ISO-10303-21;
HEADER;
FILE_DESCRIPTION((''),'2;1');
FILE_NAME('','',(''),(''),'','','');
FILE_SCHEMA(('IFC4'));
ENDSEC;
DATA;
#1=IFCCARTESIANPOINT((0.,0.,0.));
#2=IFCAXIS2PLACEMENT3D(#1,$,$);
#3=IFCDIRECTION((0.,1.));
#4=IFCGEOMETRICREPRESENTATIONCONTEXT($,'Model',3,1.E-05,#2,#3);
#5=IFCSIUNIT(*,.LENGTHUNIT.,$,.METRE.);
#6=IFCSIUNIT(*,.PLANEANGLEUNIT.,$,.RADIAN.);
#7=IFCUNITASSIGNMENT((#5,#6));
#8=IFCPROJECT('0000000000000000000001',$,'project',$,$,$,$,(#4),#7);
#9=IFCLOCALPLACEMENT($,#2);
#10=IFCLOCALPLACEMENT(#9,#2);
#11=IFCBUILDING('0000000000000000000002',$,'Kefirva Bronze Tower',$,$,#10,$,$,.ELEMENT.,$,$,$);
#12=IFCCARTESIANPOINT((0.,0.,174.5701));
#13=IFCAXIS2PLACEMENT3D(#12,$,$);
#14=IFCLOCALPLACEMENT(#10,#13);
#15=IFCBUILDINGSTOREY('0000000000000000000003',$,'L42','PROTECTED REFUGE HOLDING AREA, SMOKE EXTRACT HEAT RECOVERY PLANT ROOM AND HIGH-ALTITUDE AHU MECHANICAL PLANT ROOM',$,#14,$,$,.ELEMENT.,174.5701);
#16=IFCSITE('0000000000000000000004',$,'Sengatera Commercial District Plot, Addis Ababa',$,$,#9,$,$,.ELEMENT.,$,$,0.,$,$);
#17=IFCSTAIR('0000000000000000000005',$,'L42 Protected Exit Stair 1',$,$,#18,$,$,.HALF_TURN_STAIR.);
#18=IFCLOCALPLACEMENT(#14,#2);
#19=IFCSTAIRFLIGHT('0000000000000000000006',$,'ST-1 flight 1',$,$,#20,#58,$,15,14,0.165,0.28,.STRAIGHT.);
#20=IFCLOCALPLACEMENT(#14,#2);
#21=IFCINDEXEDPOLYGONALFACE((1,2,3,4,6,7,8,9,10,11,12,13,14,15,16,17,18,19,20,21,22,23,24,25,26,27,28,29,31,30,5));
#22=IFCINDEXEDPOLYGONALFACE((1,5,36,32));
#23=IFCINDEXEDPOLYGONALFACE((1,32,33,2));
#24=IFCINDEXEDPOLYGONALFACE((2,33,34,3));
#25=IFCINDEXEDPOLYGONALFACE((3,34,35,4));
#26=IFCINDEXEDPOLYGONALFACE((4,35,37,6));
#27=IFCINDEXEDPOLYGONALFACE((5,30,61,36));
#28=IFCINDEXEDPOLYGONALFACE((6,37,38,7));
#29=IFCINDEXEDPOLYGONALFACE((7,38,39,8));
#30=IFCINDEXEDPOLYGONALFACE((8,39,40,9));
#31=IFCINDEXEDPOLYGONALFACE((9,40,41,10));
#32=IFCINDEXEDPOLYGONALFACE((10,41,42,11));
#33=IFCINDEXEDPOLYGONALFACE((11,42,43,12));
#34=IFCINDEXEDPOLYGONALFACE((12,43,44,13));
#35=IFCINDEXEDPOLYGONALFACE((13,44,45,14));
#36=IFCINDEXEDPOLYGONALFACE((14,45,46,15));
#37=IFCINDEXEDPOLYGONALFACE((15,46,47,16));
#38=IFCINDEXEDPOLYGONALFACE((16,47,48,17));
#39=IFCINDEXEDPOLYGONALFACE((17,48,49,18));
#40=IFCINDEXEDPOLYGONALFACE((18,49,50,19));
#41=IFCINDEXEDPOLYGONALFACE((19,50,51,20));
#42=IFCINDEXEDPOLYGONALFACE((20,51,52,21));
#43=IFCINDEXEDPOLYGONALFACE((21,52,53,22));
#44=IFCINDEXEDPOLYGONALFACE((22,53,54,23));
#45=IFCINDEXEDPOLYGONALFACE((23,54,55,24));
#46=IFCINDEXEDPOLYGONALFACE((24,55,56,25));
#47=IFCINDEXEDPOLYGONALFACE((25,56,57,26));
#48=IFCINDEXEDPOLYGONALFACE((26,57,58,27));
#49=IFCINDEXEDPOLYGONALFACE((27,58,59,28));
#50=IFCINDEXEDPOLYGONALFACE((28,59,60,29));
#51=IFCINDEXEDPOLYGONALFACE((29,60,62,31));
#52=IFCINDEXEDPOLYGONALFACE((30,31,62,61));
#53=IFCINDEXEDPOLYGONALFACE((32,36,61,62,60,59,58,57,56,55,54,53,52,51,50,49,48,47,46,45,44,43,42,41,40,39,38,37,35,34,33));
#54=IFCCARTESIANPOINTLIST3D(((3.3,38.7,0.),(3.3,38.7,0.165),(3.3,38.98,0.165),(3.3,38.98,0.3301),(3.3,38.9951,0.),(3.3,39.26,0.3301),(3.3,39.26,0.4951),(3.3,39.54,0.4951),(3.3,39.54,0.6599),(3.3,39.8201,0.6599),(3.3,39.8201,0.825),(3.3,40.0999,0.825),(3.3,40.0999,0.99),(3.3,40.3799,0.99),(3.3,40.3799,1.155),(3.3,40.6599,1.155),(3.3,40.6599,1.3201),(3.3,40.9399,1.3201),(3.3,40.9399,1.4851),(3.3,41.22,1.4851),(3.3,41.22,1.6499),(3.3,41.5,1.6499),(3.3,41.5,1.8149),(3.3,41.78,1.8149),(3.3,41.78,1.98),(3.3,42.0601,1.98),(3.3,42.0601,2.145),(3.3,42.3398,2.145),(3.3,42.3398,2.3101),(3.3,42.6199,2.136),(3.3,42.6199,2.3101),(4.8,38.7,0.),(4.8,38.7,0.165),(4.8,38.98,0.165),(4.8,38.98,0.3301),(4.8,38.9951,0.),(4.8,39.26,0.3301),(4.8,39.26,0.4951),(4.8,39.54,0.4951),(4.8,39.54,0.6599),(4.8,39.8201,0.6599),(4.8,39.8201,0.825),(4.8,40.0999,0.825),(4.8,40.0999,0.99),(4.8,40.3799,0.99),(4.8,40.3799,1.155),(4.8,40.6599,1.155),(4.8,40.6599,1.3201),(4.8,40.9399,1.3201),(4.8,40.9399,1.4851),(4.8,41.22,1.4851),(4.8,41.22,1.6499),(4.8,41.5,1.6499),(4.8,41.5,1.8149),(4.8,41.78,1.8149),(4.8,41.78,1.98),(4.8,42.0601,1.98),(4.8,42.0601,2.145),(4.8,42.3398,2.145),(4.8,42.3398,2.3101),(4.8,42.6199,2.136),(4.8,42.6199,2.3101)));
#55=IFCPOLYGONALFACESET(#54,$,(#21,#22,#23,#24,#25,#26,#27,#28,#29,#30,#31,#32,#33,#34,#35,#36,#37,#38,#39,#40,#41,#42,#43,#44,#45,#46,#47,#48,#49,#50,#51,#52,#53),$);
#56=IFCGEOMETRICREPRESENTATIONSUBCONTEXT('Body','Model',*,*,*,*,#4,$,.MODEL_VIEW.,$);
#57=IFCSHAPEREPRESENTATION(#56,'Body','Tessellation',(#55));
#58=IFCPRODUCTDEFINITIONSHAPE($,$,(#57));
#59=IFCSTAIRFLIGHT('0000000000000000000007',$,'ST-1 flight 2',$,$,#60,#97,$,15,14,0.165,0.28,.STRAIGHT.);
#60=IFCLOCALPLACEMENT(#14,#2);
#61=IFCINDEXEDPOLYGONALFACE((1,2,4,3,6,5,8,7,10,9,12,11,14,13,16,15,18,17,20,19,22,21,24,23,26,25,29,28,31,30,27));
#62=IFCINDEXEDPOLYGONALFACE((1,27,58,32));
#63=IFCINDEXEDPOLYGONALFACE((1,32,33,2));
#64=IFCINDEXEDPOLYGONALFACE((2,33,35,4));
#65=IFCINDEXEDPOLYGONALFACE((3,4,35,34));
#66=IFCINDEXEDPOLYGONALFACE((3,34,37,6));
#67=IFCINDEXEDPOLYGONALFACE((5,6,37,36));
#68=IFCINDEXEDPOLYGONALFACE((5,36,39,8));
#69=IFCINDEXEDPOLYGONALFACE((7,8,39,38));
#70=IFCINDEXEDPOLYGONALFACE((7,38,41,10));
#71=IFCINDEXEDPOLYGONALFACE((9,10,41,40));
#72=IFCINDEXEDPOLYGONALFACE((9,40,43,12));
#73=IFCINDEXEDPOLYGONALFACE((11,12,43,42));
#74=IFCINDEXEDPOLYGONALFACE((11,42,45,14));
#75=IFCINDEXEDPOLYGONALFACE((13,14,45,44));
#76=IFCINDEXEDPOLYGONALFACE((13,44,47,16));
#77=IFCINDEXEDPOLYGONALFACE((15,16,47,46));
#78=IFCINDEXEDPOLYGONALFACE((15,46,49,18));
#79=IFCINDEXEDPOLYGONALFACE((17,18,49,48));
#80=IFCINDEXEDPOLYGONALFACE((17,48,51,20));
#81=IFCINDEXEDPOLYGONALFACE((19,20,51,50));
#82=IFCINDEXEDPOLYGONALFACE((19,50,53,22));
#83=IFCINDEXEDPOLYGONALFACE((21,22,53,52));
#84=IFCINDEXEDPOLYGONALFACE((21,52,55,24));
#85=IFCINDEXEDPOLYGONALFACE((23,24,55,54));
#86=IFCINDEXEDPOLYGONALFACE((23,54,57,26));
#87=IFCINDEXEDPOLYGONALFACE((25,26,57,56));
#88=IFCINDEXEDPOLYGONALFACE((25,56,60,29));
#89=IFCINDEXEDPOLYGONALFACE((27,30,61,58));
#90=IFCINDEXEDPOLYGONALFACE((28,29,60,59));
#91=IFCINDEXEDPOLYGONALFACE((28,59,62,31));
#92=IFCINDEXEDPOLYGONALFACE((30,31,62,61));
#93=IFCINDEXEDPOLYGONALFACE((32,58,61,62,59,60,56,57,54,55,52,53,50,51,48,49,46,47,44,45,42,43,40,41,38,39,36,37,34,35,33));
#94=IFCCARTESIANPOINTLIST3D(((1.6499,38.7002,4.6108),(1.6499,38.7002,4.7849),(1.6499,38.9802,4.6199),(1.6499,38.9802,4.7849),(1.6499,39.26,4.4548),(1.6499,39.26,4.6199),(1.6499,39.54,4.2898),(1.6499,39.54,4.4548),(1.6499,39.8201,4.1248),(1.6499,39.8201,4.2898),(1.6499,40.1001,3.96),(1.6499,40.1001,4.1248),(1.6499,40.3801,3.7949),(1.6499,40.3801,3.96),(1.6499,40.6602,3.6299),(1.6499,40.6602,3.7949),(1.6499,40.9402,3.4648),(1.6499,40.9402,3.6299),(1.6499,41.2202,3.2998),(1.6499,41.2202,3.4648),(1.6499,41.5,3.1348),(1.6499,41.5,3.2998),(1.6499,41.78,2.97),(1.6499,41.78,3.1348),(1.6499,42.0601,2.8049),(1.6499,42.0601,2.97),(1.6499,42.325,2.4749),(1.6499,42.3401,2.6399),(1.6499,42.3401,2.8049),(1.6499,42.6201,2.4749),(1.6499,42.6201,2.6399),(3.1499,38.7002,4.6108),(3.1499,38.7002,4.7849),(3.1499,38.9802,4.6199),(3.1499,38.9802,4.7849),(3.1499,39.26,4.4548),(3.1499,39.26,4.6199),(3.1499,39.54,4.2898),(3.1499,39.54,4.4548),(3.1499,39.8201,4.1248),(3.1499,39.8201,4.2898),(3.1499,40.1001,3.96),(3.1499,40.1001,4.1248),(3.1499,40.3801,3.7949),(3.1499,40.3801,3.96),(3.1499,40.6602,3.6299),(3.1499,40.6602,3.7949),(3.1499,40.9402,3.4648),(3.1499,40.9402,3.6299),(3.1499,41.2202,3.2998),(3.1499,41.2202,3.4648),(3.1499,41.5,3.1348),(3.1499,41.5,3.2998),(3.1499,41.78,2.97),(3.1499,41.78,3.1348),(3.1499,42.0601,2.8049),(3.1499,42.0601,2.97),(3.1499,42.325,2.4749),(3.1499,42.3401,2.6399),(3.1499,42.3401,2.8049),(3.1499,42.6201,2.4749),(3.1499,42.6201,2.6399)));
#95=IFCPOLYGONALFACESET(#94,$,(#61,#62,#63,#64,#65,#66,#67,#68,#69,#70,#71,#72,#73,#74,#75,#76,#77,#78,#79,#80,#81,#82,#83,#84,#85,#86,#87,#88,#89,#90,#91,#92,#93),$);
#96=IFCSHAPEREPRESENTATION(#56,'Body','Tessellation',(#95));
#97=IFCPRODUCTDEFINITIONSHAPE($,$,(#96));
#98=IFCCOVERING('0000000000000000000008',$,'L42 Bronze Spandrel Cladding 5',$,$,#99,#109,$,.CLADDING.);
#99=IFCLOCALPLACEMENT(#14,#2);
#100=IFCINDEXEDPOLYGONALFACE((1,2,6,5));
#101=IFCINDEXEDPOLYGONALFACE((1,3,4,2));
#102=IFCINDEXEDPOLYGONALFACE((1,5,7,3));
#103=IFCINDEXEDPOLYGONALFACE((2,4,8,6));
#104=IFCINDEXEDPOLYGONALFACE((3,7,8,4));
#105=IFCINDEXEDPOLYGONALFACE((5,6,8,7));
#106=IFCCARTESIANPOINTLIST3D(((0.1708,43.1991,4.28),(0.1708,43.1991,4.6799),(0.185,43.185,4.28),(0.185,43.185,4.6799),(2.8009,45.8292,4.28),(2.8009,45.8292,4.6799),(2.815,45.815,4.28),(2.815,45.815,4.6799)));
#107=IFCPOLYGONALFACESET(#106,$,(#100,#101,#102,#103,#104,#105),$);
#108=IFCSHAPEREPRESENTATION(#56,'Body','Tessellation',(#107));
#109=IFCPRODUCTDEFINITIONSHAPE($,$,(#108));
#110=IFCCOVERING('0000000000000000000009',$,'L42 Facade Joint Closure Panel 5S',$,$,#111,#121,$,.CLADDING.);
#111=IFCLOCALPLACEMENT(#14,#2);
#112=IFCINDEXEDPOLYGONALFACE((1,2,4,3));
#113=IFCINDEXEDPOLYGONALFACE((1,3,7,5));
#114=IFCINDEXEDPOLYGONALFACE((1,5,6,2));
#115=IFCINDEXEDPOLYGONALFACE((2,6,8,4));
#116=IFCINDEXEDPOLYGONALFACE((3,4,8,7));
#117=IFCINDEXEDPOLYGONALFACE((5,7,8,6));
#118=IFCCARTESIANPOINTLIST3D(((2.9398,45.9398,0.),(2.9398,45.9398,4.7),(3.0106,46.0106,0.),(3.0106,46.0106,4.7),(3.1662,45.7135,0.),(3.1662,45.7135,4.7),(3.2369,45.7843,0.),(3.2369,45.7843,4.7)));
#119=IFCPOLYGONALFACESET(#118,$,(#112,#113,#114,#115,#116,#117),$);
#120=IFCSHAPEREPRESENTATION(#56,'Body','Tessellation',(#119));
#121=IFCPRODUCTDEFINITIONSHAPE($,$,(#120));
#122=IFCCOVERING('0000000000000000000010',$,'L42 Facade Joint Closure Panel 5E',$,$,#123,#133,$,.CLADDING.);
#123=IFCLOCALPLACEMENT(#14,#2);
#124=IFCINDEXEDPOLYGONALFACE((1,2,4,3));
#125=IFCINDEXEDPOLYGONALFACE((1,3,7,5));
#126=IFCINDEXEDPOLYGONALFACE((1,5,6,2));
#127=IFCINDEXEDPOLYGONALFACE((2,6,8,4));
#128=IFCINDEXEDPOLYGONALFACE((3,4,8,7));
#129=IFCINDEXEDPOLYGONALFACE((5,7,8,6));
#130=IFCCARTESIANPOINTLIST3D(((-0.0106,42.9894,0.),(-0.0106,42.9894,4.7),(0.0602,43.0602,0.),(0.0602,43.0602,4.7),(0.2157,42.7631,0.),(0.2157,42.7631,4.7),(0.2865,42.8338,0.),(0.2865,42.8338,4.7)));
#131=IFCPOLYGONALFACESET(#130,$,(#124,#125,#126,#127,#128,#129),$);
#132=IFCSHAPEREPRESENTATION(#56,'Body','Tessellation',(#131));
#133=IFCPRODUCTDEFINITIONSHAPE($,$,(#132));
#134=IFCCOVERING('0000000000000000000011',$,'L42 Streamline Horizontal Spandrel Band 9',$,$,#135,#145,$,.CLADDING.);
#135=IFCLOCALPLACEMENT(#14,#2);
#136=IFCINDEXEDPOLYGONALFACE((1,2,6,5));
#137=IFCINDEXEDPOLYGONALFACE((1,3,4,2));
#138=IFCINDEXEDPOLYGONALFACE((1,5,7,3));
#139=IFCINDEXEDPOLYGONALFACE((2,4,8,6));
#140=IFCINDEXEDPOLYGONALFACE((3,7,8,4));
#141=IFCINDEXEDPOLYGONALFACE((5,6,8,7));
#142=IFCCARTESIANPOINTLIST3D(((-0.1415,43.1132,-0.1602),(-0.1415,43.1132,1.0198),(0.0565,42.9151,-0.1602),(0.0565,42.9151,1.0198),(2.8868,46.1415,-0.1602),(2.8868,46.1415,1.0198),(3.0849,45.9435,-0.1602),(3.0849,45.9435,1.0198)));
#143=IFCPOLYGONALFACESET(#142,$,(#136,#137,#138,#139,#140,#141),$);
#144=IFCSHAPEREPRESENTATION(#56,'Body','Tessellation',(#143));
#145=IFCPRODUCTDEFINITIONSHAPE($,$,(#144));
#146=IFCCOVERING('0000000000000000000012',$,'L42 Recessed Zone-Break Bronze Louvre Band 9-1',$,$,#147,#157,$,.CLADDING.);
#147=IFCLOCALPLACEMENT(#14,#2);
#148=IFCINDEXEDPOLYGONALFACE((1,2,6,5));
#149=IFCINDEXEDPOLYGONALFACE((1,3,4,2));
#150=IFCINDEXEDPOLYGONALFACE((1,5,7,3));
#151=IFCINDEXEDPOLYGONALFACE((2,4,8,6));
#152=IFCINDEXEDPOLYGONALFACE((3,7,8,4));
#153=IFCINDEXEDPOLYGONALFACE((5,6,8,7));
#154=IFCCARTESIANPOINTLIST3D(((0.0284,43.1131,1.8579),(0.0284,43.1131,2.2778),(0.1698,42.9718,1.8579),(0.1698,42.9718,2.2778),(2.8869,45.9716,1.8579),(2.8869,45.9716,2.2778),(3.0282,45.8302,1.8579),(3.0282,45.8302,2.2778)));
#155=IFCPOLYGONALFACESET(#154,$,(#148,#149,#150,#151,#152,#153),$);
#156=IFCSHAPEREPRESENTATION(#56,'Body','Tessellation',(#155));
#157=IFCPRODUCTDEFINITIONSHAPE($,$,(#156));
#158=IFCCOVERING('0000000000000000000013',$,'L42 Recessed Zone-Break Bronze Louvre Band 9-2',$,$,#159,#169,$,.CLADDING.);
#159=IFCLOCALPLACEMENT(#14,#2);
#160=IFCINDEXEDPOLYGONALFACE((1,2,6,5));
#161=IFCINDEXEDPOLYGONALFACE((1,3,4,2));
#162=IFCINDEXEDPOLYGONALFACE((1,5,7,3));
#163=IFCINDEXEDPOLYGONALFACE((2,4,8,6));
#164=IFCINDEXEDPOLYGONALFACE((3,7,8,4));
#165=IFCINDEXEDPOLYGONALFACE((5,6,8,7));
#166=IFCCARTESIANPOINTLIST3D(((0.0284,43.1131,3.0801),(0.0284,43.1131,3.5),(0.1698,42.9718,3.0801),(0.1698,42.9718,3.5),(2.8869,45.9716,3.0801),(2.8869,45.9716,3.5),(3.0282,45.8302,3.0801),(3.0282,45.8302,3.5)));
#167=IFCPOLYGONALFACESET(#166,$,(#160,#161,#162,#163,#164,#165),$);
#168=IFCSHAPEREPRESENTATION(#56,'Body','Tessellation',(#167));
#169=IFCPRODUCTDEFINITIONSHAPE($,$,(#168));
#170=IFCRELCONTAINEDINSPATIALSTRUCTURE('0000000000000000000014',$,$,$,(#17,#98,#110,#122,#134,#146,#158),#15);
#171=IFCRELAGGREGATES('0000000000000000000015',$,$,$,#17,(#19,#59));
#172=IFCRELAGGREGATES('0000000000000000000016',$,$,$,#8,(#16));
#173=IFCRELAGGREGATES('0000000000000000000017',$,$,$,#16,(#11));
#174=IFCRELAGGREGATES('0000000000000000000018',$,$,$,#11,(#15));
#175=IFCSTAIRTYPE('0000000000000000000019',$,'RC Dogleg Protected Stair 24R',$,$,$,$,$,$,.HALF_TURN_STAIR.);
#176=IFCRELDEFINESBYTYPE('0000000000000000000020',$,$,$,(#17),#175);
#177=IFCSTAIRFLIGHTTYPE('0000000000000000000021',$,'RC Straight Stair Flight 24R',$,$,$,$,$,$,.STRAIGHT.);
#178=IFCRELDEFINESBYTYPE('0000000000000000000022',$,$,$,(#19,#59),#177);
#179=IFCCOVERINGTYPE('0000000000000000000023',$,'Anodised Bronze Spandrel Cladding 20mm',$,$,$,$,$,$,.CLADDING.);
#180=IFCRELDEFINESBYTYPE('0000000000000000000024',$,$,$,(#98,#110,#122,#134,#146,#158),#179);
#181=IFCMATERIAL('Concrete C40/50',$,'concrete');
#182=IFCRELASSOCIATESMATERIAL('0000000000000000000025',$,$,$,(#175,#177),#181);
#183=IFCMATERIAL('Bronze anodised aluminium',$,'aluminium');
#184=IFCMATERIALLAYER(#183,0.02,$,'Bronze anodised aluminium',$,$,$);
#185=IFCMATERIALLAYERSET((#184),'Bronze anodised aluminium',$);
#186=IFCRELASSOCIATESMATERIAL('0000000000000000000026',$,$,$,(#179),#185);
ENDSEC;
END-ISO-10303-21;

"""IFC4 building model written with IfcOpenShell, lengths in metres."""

from ifc_helpers import new_model, si_unit, direction, frame, origin, origin_2d, place, context, subcontext, project, spatial, polyline, rectangle, outline, extrude, material, layer, layer_set, type_object, element, aggregate, save


model = new_model("IFC4")

# Units and contexts
model_context = context("Model", 3, precision=1e-05, world=origin(), true_north=direction((0.0, 1.0)))
body_context = subcontext(model_context, "Body", "Model", "MODEL_VIEW")
ifc_project = project(units=[si_unit("LENGTHUNIT", "METRE"), si_unit("PLANEANGLEUNIT", "RADIAN")], contexts=[model_context])

# Site, building, storey
site_placement = place(None, origin())
site = spatial("IfcSite", under=ifc_project, at=site_placement, Name="Sengatera Commercial District Plot, Addis Ababa", CompositionType="ELEMENT", RefElevation=0.0)
building_placement = place(site_placement, origin())
building = spatial("IfcBuilding", under=site, at=building_placement, Name="Kefirva Bronze Tower", CompositionType="ELEMENT")
storey_placement = place(building_placement, frame((0.0, 0.0, 174.5701)))
storey = spatial("IfcBuildingStorey", under=building, at=storey_placement, Name="L42", Description="PROTECTED REFUGE HOLDING AREA, SMOKE EXTRACT HEAT RECOVERY PLANT ROOM AND HIGH-ALTITUDE AHU MECHANICAL PLANT ROOM", CompositionType="ELEMENT", Elevation=174.5701)

# Shared definitions
ifc_material_1 = material(Name="Bronze anodised aluminium", Category="aluminium")

# Stair, stair flights
ifc_material_2 = material(Name="Concrete C40/50", Category="concrete")
stair_type = type_object("IfcStairType", Name="RC Dogleg Protected Stair 24R", PredefinedType="HALF_TURN_STAIR", material=ifc_material_2)
stair_placement = place(storey_placement, origin())
stair = element("IfcStair", 1, at=stair_placement, inside=storey, type_object=stair_type, Name="L42 Protected Exit Stair 1", PredefinedType="HALF_TURN_STAIR")
stair_flight_type = type_object("IfcStairFlightType", Name="RC Straight Stair Flight 24R", PredefinedType="STRAIGHT", material=ifc_material_2)
stair_flight_1_placement = place(storey_placement, frame((4.05, 38.7, 0.0), z_axis=(0.0, 0.0, 1.0), x_axis=(0.0, 1.0, 0.0)))
stair_flight_1 = element("IfcStairFlight", 2, at=stair_flight_1_placement, type_object=stair_flight_type, Name="ST-1 flight 1", NumberOfRisers=15, NumberOfTreads=14, PredefinedType="STRAIGHT", RiserHeight=0.165, TreadLength=0.28, context=body_context, shape_type="SweptSolid", body=[
    extrude(outline(polyline([(0.0, 0.0), (0.0, 0.165), (0.28, 0.165), (0.28, 0.3301), (0.5601, 0.3301), (0.5601, 0.4951), (0.8401, 0.4951), (0.8401, 0.6599), (1.1201, 0.6599), (1.1201, 0.825), (1.3999, 0.825), (1.3999, 0.99), (1.6799, 0.99), (1.6799, 1.155), (1.96, 1.155), (1.96, 1.3201), (2.24, 1.3201), (2.24, 1.4851), (2.52, 1.4851), (2.52, 1.6499), (2.8, 1.6499), (2.8, 1.8149), (3.0801, 1.8149), (3.0801, 1.98), (3.3601, 1.98), (3.3601, 2.145), (3.6399, 2.145), (3.6399, 2.3101), (3.9199, 2.3101), (3.9199, 2.4751), (3.9199, 2.136), (0.2952, 0.0), (0.0, 0.0)])), frame((0.0, 0.75, 0.0), z_axis=(0.0, -1.0, 0.0), x_axis=(1.0, 0.0, 0.0)), (0.0, 0.0, 1.0), 1.5),
])
stair_flight_2_placement = place(storey_placement, frame((2.3999, 42.6201, 2.4749), z_axis=(0.0, 0.0, 1.0), x_axis=(0.0, -1.0, 0.0)))
stair_flight_2 = element("IfcStairFlight", 3, at=stair_flight_2_placement, type_object=stair_flight_type, Name="ST-1 flight 2", NumberOfRisers=15, NumberOfTreads=14, PredefinedType="STRAIGHT", RiserHeight=0.165, TreadLength=0.28, context=body_context, shape_type="SweptSolid", body=[
    extrude(outline(polyline([(0.0, 0.0), (0.0, 0.165), (0.28, 0.165), (0.28, 0.3301), (0.5601, 0.3301), (0.5601, 0.4951), (0.8401, 0.4951), (0.8401, 0.6599), (1.1201, 0.6599), (1.1201, 0.825), (1.3999, 0.825), (1.3999, 0.99), (1.6799, 0.99), (1.6799, 1.155), (1.96, 1.155), (1.96, 1.3201), (2.24, 1.3201), (2.24, 1.4851), (2.52, 1.4851), (2.52, 1.6499), (2.8, 1.6499), (2.8, 1.8149), (3.0801, 1.8149), (3.0801, 1.98), (3.3601, 1.98), (3.3601, 2.145), (3.6399, 2.145), (3.6399, 2.3101), (3.9199, 2.3101), (3.9199, 2.4751), (3.9199, 2.136), (0.2952, 0.0), (0.0, 0.0)])), frame((0.0, 0.75, 0.0), z_axis=(0.0, -1.0, 0.0), x_axis=(1.0, 0.0, 0.0)), (0.0, 0.0, 1.0), 1.5),
])
aggregate(stair, [stair_flight_1, stair_flight_2])

# Coverings
ifc_layer_1 = layer(ifc_material_1, 0.02, Name="Bronze anodised aluminium")
ifc_layer_set_1 = layer_set([ifc_layer_1], Name="Bronze anodised aluminium")
covering_type_1 = type_object("IfcCoveringType", Name="Anodised Bronze Spandrel Cladding 20mm", PredefinedType="CLADDING", material=ifc_layer_set_1)
covering_1_placement = place(storey_placement, frame((1.4929, 44.5071, 4.28), z_axis=(0.0, 0.0, 1.0), x_axis=(-0.707107, -0.707107, 0.0)))
element("IfcCovering", 4, at=covering_1_placement, inside=storey, type_object=covering_type_1, Name="L42 Bronze Spandrel Cladding 5", PredefinedType="CLADDING", context=body_context, shape_type="SweptSolid", body=[
    extrude(rectangle(XDim=3.7195, YDim=0.02, at=origin_2d()), origin(), (0.0, 0.0, 1.0), 0.3999),
])
for number, where, z_axis, x_axis, name in (
    (5, (3.0884, 45.8621, 0.0), (0.0, 0.0, 1.0), (-0.707107, -0.707107, 0.0), "L42 Facade Joint Closure Panel 5S"),
    (6, (0.1379, 42.9116, 0.0), (0.0, 0.0, 1.0), (-0.707107, -0.707107, 0.0), "L42 Facade Joint Closure Panel 5E"),
):
    element("IfcCovering", number, at=place(storey_placement, frame(where, z_axis=z_axis, x_axis=x_axis)), inside=storey, type_object=covering_type_1, Name=name, PredefinedType="CLADDING", context=body_context, shape_type="SweptSolid", body=[
        extrude(rectangle(XDim=0.1001, YDim=0.3201, at=origin_2d()), origin(), (0.0, 0.0, 1.0), 4.7),
    ])
covering_2_placement = place(storey_placement, frame((1.4717, 44.5283, -0.1602), z_axis=(0.0, 0.0, 1.0), x_axis=(-0.707107, -0.707107, 0.0)))
element("IfcCovering", 7, at=covering_2_placement, inside=storey, type_object=covering_type_1, Name="L42 Streamline Horizontal Spandrel Band 9", PredefinedType="CLADDING", context=body_context, shape_type="SweptSolid", body=[
    extrude(rectangle(XDim=4.2827, YDim=0.28, at=origin_2d()), origin(), (0.0, 0.0, 1.0), 1.1799),
])
for number, where, z_axis, x_axis, name in (
    (8, (1.5283, 44.4717, 1.8579), (0.0, 0.0, 1.0), (-0.707107, -0.707107, 0.0), "L42 Recessed Zone-Break Bronze Louvre Band 9-1"),
    (9, (1.5283, 44.4717, 3.0801), (0.0, 0.0, 1.0), (-0.707107, -0.707107, 0.0), "L42 Recessed Zone-Break Bronze Louvre Band 9-2"),
):
    element("IfcCovering", number, at=place(storey_placement, frame(where, z_axis=z_axis, x_axis=x_axis)), inside=storey, type_object=covering_type_1, Name=name, PredefinedType="CLADDING", context=body_context, shape_type="SweptSolid", body=[
        extrude(rectangle(XDim=4.0425, YDim=0.2, at=origin_2d()), origin(), (0.0, 0.0, 1.0), 0.4199),
    ])

save(model, "model.ifc")
